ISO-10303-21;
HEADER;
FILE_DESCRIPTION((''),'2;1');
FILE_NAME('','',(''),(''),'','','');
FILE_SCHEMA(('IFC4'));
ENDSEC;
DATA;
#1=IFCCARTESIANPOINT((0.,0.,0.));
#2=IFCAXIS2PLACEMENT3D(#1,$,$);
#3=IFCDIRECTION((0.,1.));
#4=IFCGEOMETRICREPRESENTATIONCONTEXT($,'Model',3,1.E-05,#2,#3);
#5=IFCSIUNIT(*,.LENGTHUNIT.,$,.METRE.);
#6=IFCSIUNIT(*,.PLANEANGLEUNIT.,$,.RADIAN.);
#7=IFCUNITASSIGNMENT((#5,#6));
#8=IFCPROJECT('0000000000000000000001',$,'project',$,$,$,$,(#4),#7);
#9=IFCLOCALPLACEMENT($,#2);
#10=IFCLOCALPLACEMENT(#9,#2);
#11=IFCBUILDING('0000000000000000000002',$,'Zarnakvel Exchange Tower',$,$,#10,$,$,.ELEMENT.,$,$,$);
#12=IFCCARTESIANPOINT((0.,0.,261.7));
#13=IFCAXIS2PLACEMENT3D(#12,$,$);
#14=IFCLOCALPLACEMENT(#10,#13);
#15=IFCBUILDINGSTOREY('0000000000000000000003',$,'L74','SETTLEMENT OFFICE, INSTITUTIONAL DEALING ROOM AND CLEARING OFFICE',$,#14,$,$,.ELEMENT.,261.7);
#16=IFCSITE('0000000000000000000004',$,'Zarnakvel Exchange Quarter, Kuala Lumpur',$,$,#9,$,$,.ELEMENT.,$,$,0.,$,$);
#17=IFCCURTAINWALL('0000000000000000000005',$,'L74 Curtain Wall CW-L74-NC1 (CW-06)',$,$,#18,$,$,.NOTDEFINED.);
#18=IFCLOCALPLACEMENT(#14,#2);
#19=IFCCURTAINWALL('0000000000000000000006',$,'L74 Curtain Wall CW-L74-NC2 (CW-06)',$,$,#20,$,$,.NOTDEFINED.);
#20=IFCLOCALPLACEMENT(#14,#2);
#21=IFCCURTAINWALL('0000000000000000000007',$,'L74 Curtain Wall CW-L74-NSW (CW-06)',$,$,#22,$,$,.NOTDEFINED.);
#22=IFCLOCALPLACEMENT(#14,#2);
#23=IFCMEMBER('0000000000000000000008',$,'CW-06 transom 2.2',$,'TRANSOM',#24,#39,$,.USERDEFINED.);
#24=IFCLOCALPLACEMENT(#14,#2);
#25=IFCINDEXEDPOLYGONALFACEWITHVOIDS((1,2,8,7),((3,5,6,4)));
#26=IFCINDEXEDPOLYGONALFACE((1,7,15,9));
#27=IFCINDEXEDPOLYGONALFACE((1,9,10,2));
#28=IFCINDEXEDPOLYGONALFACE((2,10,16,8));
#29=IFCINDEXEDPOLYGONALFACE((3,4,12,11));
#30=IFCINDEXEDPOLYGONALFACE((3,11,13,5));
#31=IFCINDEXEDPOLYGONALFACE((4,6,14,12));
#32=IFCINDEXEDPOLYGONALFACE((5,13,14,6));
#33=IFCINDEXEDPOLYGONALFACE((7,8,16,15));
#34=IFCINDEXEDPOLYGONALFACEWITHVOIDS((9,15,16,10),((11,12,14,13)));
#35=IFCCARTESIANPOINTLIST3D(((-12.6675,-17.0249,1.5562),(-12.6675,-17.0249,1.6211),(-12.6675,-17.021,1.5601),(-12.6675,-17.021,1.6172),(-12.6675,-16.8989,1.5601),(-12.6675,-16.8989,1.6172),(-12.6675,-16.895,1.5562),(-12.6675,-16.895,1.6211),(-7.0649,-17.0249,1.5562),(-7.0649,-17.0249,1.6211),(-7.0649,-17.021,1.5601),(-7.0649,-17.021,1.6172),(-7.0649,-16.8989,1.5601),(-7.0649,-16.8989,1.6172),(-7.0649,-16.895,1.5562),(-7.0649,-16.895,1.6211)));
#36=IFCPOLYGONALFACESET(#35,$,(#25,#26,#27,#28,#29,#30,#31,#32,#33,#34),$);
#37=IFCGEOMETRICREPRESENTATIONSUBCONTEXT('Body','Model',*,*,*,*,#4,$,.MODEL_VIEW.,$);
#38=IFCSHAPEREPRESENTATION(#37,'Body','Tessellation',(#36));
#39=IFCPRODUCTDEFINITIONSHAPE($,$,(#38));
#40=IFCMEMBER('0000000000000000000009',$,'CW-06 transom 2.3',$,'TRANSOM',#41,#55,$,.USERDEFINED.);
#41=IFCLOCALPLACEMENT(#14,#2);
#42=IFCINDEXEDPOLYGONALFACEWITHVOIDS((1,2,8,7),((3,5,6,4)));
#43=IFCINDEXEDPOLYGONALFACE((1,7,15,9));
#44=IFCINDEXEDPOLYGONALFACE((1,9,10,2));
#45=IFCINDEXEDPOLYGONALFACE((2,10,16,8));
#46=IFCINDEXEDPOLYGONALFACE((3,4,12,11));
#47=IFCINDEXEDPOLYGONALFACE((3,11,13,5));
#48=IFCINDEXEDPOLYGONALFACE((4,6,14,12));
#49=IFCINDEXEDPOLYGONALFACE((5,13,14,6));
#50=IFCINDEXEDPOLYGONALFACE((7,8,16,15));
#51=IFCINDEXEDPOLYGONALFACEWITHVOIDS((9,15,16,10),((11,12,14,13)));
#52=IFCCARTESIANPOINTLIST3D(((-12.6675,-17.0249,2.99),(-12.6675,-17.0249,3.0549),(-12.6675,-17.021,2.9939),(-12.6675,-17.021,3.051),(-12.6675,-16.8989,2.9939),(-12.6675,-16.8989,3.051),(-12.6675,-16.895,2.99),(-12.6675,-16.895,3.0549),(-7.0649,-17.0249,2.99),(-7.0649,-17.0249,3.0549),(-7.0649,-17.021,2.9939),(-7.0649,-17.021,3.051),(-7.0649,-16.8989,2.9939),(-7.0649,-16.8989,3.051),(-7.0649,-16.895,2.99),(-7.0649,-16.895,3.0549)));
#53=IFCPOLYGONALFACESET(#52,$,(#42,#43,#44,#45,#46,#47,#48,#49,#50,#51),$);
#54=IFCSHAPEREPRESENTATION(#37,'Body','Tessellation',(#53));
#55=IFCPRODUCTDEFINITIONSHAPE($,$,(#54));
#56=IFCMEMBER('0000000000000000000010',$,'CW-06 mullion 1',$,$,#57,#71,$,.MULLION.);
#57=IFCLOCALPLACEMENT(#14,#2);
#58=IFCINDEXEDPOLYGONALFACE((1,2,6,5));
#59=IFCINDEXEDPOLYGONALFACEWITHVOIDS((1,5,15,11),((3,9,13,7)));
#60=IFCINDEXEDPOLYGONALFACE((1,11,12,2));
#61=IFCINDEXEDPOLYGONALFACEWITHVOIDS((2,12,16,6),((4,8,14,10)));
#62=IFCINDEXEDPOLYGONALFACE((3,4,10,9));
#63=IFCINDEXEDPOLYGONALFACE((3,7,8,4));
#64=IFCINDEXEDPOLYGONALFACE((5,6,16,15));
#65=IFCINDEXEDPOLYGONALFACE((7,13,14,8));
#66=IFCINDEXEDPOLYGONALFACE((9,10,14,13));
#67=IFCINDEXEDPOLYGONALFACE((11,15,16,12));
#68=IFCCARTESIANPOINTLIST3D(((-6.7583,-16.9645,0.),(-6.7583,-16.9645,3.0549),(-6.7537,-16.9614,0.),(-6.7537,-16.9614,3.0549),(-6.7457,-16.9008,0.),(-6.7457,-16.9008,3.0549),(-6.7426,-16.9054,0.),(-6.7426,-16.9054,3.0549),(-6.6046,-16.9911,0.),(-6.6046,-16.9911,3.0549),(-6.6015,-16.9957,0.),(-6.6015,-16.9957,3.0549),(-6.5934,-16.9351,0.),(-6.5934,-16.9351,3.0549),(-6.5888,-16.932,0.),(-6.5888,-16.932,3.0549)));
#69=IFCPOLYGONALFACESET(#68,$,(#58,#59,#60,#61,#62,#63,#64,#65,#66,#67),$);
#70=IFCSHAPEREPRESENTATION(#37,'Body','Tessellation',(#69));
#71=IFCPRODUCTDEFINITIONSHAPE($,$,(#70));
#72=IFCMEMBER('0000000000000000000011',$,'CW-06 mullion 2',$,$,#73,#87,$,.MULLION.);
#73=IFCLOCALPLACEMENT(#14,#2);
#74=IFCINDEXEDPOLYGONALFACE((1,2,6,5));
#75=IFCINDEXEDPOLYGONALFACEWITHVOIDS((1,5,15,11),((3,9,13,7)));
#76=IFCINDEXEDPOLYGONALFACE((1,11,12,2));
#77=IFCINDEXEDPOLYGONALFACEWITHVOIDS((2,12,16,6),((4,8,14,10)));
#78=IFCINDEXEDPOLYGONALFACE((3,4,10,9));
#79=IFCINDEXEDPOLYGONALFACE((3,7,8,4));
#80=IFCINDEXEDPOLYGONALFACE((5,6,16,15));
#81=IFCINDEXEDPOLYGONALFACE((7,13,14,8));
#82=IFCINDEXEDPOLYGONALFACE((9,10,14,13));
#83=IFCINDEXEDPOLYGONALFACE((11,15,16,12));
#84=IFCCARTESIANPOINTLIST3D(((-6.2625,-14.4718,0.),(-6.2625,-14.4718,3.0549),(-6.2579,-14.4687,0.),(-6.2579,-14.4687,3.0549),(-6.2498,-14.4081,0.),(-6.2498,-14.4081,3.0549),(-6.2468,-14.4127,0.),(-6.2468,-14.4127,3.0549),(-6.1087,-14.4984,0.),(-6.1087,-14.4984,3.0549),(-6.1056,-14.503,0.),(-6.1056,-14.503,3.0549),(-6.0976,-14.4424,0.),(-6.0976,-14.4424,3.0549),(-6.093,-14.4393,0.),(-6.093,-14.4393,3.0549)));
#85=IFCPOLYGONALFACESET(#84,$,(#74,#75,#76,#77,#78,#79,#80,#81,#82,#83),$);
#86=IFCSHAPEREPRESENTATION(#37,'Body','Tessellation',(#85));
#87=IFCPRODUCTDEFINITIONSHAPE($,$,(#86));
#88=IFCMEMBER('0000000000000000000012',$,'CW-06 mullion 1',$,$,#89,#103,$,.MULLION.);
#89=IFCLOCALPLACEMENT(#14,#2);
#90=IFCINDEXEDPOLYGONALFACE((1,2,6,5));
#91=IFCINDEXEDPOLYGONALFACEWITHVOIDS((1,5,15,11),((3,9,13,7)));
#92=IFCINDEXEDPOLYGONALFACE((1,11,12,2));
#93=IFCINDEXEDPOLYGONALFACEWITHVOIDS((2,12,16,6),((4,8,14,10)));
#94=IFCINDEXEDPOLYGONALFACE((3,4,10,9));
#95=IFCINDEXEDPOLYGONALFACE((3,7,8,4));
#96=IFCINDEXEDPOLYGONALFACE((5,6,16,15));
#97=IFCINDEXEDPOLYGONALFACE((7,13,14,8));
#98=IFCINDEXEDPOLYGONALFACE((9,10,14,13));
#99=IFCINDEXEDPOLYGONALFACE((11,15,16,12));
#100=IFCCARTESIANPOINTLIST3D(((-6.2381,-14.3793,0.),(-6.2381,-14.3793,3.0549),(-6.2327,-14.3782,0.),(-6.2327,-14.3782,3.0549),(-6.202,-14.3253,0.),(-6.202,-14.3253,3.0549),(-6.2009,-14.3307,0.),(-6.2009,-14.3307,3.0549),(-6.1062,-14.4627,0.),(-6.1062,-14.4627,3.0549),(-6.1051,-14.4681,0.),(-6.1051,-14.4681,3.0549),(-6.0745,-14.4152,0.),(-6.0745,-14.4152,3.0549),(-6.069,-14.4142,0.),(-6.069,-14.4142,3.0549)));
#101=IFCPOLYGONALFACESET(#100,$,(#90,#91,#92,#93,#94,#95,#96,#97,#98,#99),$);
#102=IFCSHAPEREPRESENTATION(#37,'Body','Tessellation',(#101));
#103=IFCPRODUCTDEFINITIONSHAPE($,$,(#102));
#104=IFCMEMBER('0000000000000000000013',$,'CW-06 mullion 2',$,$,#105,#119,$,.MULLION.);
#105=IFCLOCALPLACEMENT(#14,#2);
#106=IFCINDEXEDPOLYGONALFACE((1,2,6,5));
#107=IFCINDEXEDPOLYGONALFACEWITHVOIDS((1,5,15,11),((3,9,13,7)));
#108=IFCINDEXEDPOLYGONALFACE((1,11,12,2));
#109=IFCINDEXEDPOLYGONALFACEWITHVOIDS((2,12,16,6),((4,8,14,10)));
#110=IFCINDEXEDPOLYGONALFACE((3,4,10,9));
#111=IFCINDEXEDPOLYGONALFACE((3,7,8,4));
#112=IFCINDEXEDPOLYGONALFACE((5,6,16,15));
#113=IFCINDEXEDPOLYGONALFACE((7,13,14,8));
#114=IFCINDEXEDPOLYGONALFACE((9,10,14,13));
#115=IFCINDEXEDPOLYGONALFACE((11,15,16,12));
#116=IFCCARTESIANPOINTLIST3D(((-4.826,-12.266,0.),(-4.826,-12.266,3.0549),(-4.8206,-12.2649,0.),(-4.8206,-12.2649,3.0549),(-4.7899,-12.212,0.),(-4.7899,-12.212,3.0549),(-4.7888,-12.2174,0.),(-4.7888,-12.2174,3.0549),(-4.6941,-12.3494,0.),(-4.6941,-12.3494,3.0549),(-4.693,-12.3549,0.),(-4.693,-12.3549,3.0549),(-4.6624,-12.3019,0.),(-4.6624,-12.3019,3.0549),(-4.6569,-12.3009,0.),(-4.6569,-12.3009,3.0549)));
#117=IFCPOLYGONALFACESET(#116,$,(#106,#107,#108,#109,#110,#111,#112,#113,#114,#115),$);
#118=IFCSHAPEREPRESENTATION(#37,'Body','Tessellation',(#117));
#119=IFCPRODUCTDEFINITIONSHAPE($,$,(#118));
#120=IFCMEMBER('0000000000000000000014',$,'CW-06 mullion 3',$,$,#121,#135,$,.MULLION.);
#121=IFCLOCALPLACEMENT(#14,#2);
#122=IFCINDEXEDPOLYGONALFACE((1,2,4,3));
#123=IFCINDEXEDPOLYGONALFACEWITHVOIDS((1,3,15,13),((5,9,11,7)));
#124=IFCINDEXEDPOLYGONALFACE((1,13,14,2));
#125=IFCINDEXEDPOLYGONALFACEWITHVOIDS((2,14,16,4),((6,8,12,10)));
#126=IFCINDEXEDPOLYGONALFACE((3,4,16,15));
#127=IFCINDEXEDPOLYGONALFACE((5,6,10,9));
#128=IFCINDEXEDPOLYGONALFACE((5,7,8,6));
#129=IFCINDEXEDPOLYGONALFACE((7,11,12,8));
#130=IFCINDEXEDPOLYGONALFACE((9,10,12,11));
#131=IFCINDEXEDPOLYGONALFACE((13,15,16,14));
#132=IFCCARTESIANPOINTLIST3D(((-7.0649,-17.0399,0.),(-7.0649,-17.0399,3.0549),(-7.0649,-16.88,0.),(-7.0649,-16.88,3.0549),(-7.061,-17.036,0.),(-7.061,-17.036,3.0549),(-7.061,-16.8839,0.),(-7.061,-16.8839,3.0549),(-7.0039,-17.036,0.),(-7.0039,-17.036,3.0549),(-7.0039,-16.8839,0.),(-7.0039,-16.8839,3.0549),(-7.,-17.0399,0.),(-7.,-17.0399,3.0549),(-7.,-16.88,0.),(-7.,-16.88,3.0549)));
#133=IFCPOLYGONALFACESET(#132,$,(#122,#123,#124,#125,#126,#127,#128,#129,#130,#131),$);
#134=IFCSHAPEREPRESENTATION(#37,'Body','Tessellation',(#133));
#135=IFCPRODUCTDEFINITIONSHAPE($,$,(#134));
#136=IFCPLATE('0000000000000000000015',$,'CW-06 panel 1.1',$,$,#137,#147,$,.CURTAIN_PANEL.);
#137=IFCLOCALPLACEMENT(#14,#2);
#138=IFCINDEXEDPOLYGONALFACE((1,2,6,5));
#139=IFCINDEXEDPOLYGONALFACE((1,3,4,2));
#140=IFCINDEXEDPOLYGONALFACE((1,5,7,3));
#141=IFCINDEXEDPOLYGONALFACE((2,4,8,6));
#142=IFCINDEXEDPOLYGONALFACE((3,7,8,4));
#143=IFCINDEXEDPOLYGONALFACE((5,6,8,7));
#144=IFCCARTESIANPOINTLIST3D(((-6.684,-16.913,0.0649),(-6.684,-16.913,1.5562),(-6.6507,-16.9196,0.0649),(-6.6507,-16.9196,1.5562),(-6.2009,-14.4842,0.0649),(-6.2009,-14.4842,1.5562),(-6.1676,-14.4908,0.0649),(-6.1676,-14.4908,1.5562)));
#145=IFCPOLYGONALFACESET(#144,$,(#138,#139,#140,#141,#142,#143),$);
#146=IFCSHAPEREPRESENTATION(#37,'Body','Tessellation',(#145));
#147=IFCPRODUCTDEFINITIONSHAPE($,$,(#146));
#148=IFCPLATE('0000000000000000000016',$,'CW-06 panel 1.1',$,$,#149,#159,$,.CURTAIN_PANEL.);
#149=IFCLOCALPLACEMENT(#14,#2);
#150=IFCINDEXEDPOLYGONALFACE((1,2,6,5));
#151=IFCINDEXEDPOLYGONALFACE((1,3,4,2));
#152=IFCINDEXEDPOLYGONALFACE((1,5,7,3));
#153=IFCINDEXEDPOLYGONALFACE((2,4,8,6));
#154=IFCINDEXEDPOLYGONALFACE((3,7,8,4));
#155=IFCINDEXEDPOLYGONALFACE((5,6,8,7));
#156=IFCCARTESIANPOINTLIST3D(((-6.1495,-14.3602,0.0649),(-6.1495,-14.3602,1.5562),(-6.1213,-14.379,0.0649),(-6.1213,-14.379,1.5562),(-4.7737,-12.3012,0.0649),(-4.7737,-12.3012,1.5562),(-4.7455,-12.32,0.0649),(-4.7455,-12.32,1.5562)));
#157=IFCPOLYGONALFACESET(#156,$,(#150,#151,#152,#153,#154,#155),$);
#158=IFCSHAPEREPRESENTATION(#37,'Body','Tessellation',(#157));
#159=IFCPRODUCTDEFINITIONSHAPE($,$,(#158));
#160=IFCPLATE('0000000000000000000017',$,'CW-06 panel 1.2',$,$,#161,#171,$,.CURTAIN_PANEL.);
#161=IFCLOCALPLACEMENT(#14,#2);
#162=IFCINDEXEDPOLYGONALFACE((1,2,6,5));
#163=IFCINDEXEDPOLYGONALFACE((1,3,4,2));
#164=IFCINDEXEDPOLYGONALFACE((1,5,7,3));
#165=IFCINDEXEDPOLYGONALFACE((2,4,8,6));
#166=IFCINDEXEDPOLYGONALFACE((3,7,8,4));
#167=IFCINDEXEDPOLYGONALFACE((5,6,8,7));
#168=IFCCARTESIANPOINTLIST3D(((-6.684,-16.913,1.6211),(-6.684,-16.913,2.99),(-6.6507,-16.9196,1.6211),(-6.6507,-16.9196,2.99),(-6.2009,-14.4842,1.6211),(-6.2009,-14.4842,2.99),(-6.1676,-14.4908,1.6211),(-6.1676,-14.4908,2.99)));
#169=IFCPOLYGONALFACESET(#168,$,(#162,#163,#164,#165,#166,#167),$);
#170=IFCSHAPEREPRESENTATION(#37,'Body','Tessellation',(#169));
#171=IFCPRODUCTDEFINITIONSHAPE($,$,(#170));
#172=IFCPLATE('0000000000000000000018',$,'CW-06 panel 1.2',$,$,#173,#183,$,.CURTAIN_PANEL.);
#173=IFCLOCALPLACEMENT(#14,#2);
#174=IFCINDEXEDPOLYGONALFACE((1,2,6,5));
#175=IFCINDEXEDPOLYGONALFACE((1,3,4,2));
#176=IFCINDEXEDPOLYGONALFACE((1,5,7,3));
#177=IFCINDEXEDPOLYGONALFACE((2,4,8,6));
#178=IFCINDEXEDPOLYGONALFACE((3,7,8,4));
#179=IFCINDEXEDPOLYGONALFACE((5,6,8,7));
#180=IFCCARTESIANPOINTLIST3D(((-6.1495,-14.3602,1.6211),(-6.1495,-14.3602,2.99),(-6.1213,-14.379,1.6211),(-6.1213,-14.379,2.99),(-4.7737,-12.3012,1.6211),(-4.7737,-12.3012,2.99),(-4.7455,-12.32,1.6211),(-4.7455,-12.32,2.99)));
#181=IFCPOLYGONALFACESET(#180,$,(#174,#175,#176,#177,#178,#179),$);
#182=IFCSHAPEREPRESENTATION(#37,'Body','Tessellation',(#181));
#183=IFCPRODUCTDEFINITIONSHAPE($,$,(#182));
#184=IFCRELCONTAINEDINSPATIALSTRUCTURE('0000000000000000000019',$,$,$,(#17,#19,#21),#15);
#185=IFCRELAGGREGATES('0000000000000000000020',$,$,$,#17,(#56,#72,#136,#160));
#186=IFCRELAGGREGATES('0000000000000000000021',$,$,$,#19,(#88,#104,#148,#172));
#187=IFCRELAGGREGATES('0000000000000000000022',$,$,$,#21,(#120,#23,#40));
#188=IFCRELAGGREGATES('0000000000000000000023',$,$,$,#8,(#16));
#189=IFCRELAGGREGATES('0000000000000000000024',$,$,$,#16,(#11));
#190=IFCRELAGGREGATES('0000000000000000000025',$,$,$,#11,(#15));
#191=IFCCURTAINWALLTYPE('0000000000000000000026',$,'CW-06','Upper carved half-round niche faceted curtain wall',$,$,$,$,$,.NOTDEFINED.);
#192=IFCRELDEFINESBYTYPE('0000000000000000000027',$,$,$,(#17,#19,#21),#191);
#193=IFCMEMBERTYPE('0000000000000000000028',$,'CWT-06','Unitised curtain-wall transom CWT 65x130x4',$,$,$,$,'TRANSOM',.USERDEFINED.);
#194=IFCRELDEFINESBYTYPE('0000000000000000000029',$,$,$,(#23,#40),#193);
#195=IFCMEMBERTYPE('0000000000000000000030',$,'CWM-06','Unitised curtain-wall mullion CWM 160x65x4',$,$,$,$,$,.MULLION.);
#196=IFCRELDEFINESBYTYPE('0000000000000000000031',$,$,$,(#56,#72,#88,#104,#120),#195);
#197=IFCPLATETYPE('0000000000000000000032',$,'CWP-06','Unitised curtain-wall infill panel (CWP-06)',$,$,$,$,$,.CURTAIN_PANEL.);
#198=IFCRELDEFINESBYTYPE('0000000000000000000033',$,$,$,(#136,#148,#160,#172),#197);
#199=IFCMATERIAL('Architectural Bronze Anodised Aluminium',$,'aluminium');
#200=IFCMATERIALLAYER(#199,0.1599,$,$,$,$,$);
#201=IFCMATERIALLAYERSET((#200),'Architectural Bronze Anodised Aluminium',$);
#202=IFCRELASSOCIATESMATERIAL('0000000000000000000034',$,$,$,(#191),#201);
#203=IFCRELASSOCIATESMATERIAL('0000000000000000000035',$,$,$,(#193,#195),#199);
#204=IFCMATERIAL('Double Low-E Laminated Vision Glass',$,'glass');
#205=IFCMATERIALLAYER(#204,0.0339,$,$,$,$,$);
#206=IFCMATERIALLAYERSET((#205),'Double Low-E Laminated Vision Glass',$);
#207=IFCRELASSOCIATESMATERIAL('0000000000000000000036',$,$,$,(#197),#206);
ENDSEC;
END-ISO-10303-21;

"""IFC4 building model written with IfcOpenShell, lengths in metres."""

from ifc_helpers import new_model, si_unit, direction, frame, origin, origin_2d, place, context, subcontext, project, spatial, rectangle, hollow_rectangle, extrude, source, transform, mapped, material, layer, layer_set, material_profile, profile_set, type_object, element, aggregate, save


model = new_model("IFC4")

# Units and contexts
model_context = context("Model", 3, precision=1e-05, world=origin(), true_north=direction((0.0, 1.0)))
body_context = subcontext(model_context, "Body", "Model", "MODEL_VIEW")
ifc_project = project(units=[si_unit("LENGTHUNIT", "METRE"), si_unit("PLANEANGLEUNIT", "RADIAN")], contexts=[model_context])

# Site, building, storey
site_placement = place(None, origin())
site = spatial("IfcSite", under=ifc_project, at=site_placement, Name="Zarnakvel Exchange Quarter, Kuala Lumpur", CompositionType="ELEMENT", RefElevation=0.0)
building_placement = place(site_placement, origin())
building = spatial("IfcBuilding", under=site, at=building_placement, Name="Zarnakvel Exchange Tower", CompositionType="ELEMENT")
storey_placement = place(building_placement, frame((0.0, 0.0, 261.7)))
storey = spatial("IfcBuildingStorey", under=building, at=storey_placement, Name="L74", Description="SETTLEMENT OFFICE, INSTITUTIONAL DEALING ROOM AND CLEARING OFFICE", CompositionType="ELEMENT", Elevation=261.7)

# Curtain walls, members
ifc_material_1 = material(Name="Architectural Bronze Anodised Aluminium", Category="aluminium")
ifc_layer_1 = layer(ifc_material_1, 0.1599)
ifc_layer_set_1 = layer_set([ifc_layer_1], Name="Architectural Bronze Anodised Aluminium")
curtain_wall_type = type_object("IfcCurtainWallType", Name="CW-06", Description="Upper carved half-round niche faceted curtain wall", PredefinedType="NOTDEFINED", material=ifc_layer_set_1)
curtain_wall_1_placement = place(storey_placement, origin())
curtain_wall_1 = element("IfcCurtainWall", 1, at=curtain_wall_1_placement, inside=storey, type_object=curtain_wall_type, Name="L74 Curtain Wall CW-L74-NC1 (CW-06)", PredefinedType="NOTDEFINED")
ifc_material_profile_1 = material_profile(ifc_material_1, hollow_rectangle(XDim=0.1299, YDim=0.0649, WallThickness=0.0039, at=origin_2d()))
ifc_profile_set_1 = profile_set([ifc_material_profile_1], Name="Architectural Bronze Anodised Aluminium")
member_type_1 = type_object("IfcMemberType", Name="CWT-06", Description="Unitised curtain-wall transom CWT 65x130x4", ElementType="TRANSOM", PredefinedType="USERDEFINED", material=ifc_profile_set_1)
curtain_wall_2_placement = place(storey_placement, origin())
curtain_wall_2 = element("IfcCurtainWall", 2, at=curtain_wall_2_placement, inside=storey, type_object=curtain_wall_type, Name="L74 Curtain Wall CW-L74-NC2 (CW-06)", PredefinedType="NOTDEFINED")
curtain_wall_3_placement = place(storey_placement, origin())
curtain_wall_3 = element("IfcCurtainWall", 3, at=curtain_wall_3_placement, inside=storey, type_object=curtain_wall_type, Name="L74 Curtain Wall CW-L74-NSW (CW-06)", PredefinedType="NOTDEFINED")
shared_shape_1 = source(origin(), body_context, "Body", "SweptSolid", [
    extrude(hollow_rectangle(XDim=0.1299, YDim=0.0649, WallThickness=0.0039, at=origin_2d()), origin(), (0.0, 0.0, 1.0), 5.6025),
])
member_1_placement = place(storey_placement, frame((-12.6675, -16.96, 1.5886), z_axis=(1.0, 0.0, 0.0), x_axis=(0.0, 1.0, 0.0)))
member_1 = element("IfcMember", 4, at=member_1_placement, type_object=member_type_1, Name="CW-06 transom 2.2", ObjectType="TRANSOM", PredefinedType="USERDEFINED", context=body_context, shape_type="MappedRepresentation", body=[
    mapped(shared_shape_1, transform((0.0, 0.0, 0.0), x_axis=(1.0, 0.0, 0.0), y_axis=(0.0, 1.0, 0.0), z_axis=(0.0, 0.0, 1.0), scale=1.0)),
])
member_2_placement = place(storey_placement, frame((-12.6675, -16.96, 3.0225), z_axis=(1.0, 0.0, 0.0), x_axis=(0.0, 1.0, 0.0)))
member_2 = element("IfcMember", 5, at=member_2_placement, type_object=member_type_1, Name="CW-06 transom 2.3", ObjectType="TRANSOM", PredefinedType="USERDEFINED", context=body_context, shape_type="MappedRepresentation", body=[
    mapped(shared_shape_1, transform((0.0, 0.0, 0.0), x_axis=(1.0, 0.0, 0.0), y_axis=(0.0, 1.0, 0.0), z_axis=(0.0, 0.0, 1.0), scale=1.0)),
])

# Members
ifc_material_profile_2 = material_profile(ifc_material_1, hollow_rectangle(XDim=0.1599, YDim=0.0649, WallThickness=0.0039, at=origin_2d()))
ifc_profile_set_2 = profile_set([ifc_material_profile_2], Name="Architectural Bronze Anodised Aluminium")
member_type_2 = type_object("IfcMemberType", Name="CWM-06", Description="Unitised curtain-wall mullion CWM 160x65x4", PredefinedType="MULLION", material=ifc_profile_set_2)
shared_shape_2 = source(origin(), body_context, "Body", "SweptSolid", [
    extrude(hollow_rectangle(XDim=0.1599, YDim=0.0649, WallThickness=0.0039, at=origin_2d()), origin(), (0.0, 0.0, 1.0), 3.0549),
])
member_3_placement = place(storey_placement, frame((-6.6736, -16.9482, 0.0), z_axis=(0.0, 0.0, 1.0), x_axis=(-0.980785, 0.19509, 0.0)))
member_3 = element("IfcMember", 6, at=member_3_placement, type_object=member_type_2, Name="CW-06 mullion 1", PredefinedType="MULLION", context=body_context, shape_type="MappedRepresentation", body=[
    mapped(shared_shape_2, transform((0.0, 0.0, 0.0), x_axis=(1.0, 0.0, 0.0), y_axis=(0.0, 1.0, 0.0), z_axis=(0.0, 0.0, 1.0), scale=1.0)),
])
member_4_placement = place(storey_placement, frame((-6.1777, -14.4556, 0.0), z_axis=(0.0, 0.0, 1.0), x_axis=(-0.980785, 0.19509, 0.0)))
member_4 = element("IfcMember", 7, at=member_4_placement, type_object=member_type_2, Name="CW-06 mullion 2", PredefinedType="MULLION", context=body_context, shape_type="MappedRepresentation", body=[
    mapped(shared_shape_2, transform((0.0, 0.0, 0.0), x_axis=(1.0, 0.0, 0.0), y_axis=(0.0, 1.0, 0.0), z_axis=(0.0, 0.0, 1.0), scale=1.0)),
])
member_5_placement = place(storey_placement, frame((-6.1536, -14.3967, 0.0), z_axis=(0.0, 0.0, 1.0), x_axis=(-0.83147, 0.55557, 0.0)))
member_5 = element("IfcMember", 8, at=member_5_placement, type_object=member_type_2, Name="CW-06 mullion 1", PredefinedType="MULLION", context=body_context, shape_type="MappedRepresentation", body=[
    mapped(shared_shape_2, transform((0.0, 0.0, 0.0), x_axis=(1.0, 0.0, 0.0), y_axis=(0.0, 1.0, 0.0), z_axis=(0.0, 0.0, 1.0), scale=1.0)),
])
member_6_placement = place(storey_placement, frame((-4.7415, -12.2834, 0.0), z_axis=(0.0, 0.0, 1.0), x_axis=(-0.83147, 0.55557, 0.0)))
member_6 = element("IfcMember", 9, at=member_6_placement, type_object=member_type_2, Name="CW-06 mullion 2", PredefinedType="MULLION", context=body_context, shape_type="MappedRepresentation", body=[
    mapped(shared_shape_2, transform((0.0, 0.0, 0.0), x_axis=(1.0, 0.0, 0.0), y_axis=(0.0, 1.0, 0.0), z_axis=(0.0, 0.0, 1.0), scale=1.0)),
])
member_7_placement = place(storey_placement, frame((-7.0325, -16.96, 0.0), z_axis=(0.0, 0.0, 1.0), x_axis=(0.0, 1.0, 0.0)))
member_7 = element("IfcMember", 10, at=member_7_placement, type_object=member_type_2, Name="CW-06 mullion 3", PredefinedType="MULLION", context=body_context, shape_type="MappedRepresentation", body=[
    mapped(shared_shape_2, transform((0.0, 0.0, 0.0), x_axis=(1.0, 0.0, 0.0), y_axis=(0.0, 1.0, 0.0), z_axis=(0.0, 0.0, 1.0), scale=1.0)),
])

# Plates
ifc_material_2 = material(Name="Double Low-E Laminated Vision Glass", Category="glass")
ifc_layer_2 = layer(ifc_material_2, 0.0339)
ifc_layer_set_2 = layer_set([ifc_layer_2], Name="Double Low-E Laminated Vision Glass")
plate_type = type_object("IfcPlateType", Name="CWP-06", Description="Unitised curtain-wall infill panel (CWP-06)", PredefinedType="CURTAIN_PANEL", material=ifc_layer_set_2)
shared_shape_3 = source(origin(), body_context, "Body", "SweptSolid", [
    extrude(rectangle(XDim=2.4763, YDim=0.0339, at=origin_2d()), origin(), (0.0, 0.0, 1.0), 1.4912),
])
plate_1_placement = place(storey_placement, frame((-6.4258, -15.7019, 0.0649), z_axis=(0.0, 0.0, 1.0), x_axis=(0.19509, 0.980785, 0.0)))
plate_1 = element("IfcPlate", 11, at=plate_1_placement, type_object=plate_type, Name="CW-06 panel 1.1", PredefinedType="CURTAIN_PANEL", context=body_context, shape_type="MappedRepresentation", body=[
    mapped(shared_shape_3, transform((0.0, 0.0, 0.0), x_axis=(1.0, 0.0, 0.0), y_axis=(0.0, 1.0, 0.0), z_axis=(0.0, 0.0, 1.0), scale=1.0)),
])
plate_2_placement = place(storey_placement, frame((-5.4475, -13.3401, 0.0649), z_axis=(0.0, 0.0, 1.0), x_axis=(0.55557, 0.83147, 0.0)))
plate_2 = element("IfcPlate", 12, at=plate_2_placement, type_object=plate_type, Name="CW-06 panel 1.1", PredefinedType="CURTAIN_PANEL", context=body_context, shape_type="MappedRepresentation", body=[
    mapped(shared_shape_3, transform((0.0, 0.0, 0.0), x_axis=(1.0, 0.0, 0.0), y_axis=(0.0, 1.0, 0.0), z_axis=(0.0, 0.0, 1.0), scale=1.0)),
])
shared_shape_4 = source(origin(), body_context, "Body", "SweptSolid", [
    extrude(rectangle(XDim=2.4763, YDim=0.0339, at=origin_2d()), origin(), (0.0, 0.0, 1.0), 1.3689),
])
plate_3_placement = place(storey_placement, frame((-6.4258, -15.7019, 1.6211), z_axis=(0.0, 0.0, 1.0), x_axis=(0.19509, 0.980785, 0.0)))
plate_3 = element("IfcPlate", 13, at=plate_3_placement, type_object=plate_type, Name="CW-06 panel 1.2", PredefinedType="CURTAIN_PANEL", context=body_context, shape_type="MappedRepresentation", body=[
    mapped(shared_shape_4, transform((0.0, 0.0, 0.0), x_axis=(1.0, 0.0, 0.0), y_axis=(0.0, 1.0, 0.0), z_axis=(0.0, 0.0, 1.0), scale=1.0)),
])
aggregate(curtain_wall_1, [member_3, member_4, plate_1, plate_3])
plate_4_placement = place(storey_placement, frame((-5.4475, -13.3401, 1.6211), z_axis=(0.0, 0.0, 1.0), x_axis=(0.55557, 0.83147, 0.0)))
plate_4 = element("IfcPlate", 14, at=plate_4_placement, type_object=plate_type, Name="CW-06 panel 1.2", PredefinedType="CURTAIN_PANEL", context=body_context, shape_type="MappedRepresentation", body=[
    mapped(shared_shape_4, transform((0.0, 0.0, 0.0), x_axis=(1.0, 0.0, 0.0), y_axis=(0.0, 1.0, 0.0), z_axis=(0.0, 0.0, 1.0), scale=1.0)),
])
aggregate(curtain_wall_2, [member_5, member_6, plate_2, plate_4])
aggregate(curtain_wall_3, [member_7, member_1, member_2])

save(model, "model.ifc")
